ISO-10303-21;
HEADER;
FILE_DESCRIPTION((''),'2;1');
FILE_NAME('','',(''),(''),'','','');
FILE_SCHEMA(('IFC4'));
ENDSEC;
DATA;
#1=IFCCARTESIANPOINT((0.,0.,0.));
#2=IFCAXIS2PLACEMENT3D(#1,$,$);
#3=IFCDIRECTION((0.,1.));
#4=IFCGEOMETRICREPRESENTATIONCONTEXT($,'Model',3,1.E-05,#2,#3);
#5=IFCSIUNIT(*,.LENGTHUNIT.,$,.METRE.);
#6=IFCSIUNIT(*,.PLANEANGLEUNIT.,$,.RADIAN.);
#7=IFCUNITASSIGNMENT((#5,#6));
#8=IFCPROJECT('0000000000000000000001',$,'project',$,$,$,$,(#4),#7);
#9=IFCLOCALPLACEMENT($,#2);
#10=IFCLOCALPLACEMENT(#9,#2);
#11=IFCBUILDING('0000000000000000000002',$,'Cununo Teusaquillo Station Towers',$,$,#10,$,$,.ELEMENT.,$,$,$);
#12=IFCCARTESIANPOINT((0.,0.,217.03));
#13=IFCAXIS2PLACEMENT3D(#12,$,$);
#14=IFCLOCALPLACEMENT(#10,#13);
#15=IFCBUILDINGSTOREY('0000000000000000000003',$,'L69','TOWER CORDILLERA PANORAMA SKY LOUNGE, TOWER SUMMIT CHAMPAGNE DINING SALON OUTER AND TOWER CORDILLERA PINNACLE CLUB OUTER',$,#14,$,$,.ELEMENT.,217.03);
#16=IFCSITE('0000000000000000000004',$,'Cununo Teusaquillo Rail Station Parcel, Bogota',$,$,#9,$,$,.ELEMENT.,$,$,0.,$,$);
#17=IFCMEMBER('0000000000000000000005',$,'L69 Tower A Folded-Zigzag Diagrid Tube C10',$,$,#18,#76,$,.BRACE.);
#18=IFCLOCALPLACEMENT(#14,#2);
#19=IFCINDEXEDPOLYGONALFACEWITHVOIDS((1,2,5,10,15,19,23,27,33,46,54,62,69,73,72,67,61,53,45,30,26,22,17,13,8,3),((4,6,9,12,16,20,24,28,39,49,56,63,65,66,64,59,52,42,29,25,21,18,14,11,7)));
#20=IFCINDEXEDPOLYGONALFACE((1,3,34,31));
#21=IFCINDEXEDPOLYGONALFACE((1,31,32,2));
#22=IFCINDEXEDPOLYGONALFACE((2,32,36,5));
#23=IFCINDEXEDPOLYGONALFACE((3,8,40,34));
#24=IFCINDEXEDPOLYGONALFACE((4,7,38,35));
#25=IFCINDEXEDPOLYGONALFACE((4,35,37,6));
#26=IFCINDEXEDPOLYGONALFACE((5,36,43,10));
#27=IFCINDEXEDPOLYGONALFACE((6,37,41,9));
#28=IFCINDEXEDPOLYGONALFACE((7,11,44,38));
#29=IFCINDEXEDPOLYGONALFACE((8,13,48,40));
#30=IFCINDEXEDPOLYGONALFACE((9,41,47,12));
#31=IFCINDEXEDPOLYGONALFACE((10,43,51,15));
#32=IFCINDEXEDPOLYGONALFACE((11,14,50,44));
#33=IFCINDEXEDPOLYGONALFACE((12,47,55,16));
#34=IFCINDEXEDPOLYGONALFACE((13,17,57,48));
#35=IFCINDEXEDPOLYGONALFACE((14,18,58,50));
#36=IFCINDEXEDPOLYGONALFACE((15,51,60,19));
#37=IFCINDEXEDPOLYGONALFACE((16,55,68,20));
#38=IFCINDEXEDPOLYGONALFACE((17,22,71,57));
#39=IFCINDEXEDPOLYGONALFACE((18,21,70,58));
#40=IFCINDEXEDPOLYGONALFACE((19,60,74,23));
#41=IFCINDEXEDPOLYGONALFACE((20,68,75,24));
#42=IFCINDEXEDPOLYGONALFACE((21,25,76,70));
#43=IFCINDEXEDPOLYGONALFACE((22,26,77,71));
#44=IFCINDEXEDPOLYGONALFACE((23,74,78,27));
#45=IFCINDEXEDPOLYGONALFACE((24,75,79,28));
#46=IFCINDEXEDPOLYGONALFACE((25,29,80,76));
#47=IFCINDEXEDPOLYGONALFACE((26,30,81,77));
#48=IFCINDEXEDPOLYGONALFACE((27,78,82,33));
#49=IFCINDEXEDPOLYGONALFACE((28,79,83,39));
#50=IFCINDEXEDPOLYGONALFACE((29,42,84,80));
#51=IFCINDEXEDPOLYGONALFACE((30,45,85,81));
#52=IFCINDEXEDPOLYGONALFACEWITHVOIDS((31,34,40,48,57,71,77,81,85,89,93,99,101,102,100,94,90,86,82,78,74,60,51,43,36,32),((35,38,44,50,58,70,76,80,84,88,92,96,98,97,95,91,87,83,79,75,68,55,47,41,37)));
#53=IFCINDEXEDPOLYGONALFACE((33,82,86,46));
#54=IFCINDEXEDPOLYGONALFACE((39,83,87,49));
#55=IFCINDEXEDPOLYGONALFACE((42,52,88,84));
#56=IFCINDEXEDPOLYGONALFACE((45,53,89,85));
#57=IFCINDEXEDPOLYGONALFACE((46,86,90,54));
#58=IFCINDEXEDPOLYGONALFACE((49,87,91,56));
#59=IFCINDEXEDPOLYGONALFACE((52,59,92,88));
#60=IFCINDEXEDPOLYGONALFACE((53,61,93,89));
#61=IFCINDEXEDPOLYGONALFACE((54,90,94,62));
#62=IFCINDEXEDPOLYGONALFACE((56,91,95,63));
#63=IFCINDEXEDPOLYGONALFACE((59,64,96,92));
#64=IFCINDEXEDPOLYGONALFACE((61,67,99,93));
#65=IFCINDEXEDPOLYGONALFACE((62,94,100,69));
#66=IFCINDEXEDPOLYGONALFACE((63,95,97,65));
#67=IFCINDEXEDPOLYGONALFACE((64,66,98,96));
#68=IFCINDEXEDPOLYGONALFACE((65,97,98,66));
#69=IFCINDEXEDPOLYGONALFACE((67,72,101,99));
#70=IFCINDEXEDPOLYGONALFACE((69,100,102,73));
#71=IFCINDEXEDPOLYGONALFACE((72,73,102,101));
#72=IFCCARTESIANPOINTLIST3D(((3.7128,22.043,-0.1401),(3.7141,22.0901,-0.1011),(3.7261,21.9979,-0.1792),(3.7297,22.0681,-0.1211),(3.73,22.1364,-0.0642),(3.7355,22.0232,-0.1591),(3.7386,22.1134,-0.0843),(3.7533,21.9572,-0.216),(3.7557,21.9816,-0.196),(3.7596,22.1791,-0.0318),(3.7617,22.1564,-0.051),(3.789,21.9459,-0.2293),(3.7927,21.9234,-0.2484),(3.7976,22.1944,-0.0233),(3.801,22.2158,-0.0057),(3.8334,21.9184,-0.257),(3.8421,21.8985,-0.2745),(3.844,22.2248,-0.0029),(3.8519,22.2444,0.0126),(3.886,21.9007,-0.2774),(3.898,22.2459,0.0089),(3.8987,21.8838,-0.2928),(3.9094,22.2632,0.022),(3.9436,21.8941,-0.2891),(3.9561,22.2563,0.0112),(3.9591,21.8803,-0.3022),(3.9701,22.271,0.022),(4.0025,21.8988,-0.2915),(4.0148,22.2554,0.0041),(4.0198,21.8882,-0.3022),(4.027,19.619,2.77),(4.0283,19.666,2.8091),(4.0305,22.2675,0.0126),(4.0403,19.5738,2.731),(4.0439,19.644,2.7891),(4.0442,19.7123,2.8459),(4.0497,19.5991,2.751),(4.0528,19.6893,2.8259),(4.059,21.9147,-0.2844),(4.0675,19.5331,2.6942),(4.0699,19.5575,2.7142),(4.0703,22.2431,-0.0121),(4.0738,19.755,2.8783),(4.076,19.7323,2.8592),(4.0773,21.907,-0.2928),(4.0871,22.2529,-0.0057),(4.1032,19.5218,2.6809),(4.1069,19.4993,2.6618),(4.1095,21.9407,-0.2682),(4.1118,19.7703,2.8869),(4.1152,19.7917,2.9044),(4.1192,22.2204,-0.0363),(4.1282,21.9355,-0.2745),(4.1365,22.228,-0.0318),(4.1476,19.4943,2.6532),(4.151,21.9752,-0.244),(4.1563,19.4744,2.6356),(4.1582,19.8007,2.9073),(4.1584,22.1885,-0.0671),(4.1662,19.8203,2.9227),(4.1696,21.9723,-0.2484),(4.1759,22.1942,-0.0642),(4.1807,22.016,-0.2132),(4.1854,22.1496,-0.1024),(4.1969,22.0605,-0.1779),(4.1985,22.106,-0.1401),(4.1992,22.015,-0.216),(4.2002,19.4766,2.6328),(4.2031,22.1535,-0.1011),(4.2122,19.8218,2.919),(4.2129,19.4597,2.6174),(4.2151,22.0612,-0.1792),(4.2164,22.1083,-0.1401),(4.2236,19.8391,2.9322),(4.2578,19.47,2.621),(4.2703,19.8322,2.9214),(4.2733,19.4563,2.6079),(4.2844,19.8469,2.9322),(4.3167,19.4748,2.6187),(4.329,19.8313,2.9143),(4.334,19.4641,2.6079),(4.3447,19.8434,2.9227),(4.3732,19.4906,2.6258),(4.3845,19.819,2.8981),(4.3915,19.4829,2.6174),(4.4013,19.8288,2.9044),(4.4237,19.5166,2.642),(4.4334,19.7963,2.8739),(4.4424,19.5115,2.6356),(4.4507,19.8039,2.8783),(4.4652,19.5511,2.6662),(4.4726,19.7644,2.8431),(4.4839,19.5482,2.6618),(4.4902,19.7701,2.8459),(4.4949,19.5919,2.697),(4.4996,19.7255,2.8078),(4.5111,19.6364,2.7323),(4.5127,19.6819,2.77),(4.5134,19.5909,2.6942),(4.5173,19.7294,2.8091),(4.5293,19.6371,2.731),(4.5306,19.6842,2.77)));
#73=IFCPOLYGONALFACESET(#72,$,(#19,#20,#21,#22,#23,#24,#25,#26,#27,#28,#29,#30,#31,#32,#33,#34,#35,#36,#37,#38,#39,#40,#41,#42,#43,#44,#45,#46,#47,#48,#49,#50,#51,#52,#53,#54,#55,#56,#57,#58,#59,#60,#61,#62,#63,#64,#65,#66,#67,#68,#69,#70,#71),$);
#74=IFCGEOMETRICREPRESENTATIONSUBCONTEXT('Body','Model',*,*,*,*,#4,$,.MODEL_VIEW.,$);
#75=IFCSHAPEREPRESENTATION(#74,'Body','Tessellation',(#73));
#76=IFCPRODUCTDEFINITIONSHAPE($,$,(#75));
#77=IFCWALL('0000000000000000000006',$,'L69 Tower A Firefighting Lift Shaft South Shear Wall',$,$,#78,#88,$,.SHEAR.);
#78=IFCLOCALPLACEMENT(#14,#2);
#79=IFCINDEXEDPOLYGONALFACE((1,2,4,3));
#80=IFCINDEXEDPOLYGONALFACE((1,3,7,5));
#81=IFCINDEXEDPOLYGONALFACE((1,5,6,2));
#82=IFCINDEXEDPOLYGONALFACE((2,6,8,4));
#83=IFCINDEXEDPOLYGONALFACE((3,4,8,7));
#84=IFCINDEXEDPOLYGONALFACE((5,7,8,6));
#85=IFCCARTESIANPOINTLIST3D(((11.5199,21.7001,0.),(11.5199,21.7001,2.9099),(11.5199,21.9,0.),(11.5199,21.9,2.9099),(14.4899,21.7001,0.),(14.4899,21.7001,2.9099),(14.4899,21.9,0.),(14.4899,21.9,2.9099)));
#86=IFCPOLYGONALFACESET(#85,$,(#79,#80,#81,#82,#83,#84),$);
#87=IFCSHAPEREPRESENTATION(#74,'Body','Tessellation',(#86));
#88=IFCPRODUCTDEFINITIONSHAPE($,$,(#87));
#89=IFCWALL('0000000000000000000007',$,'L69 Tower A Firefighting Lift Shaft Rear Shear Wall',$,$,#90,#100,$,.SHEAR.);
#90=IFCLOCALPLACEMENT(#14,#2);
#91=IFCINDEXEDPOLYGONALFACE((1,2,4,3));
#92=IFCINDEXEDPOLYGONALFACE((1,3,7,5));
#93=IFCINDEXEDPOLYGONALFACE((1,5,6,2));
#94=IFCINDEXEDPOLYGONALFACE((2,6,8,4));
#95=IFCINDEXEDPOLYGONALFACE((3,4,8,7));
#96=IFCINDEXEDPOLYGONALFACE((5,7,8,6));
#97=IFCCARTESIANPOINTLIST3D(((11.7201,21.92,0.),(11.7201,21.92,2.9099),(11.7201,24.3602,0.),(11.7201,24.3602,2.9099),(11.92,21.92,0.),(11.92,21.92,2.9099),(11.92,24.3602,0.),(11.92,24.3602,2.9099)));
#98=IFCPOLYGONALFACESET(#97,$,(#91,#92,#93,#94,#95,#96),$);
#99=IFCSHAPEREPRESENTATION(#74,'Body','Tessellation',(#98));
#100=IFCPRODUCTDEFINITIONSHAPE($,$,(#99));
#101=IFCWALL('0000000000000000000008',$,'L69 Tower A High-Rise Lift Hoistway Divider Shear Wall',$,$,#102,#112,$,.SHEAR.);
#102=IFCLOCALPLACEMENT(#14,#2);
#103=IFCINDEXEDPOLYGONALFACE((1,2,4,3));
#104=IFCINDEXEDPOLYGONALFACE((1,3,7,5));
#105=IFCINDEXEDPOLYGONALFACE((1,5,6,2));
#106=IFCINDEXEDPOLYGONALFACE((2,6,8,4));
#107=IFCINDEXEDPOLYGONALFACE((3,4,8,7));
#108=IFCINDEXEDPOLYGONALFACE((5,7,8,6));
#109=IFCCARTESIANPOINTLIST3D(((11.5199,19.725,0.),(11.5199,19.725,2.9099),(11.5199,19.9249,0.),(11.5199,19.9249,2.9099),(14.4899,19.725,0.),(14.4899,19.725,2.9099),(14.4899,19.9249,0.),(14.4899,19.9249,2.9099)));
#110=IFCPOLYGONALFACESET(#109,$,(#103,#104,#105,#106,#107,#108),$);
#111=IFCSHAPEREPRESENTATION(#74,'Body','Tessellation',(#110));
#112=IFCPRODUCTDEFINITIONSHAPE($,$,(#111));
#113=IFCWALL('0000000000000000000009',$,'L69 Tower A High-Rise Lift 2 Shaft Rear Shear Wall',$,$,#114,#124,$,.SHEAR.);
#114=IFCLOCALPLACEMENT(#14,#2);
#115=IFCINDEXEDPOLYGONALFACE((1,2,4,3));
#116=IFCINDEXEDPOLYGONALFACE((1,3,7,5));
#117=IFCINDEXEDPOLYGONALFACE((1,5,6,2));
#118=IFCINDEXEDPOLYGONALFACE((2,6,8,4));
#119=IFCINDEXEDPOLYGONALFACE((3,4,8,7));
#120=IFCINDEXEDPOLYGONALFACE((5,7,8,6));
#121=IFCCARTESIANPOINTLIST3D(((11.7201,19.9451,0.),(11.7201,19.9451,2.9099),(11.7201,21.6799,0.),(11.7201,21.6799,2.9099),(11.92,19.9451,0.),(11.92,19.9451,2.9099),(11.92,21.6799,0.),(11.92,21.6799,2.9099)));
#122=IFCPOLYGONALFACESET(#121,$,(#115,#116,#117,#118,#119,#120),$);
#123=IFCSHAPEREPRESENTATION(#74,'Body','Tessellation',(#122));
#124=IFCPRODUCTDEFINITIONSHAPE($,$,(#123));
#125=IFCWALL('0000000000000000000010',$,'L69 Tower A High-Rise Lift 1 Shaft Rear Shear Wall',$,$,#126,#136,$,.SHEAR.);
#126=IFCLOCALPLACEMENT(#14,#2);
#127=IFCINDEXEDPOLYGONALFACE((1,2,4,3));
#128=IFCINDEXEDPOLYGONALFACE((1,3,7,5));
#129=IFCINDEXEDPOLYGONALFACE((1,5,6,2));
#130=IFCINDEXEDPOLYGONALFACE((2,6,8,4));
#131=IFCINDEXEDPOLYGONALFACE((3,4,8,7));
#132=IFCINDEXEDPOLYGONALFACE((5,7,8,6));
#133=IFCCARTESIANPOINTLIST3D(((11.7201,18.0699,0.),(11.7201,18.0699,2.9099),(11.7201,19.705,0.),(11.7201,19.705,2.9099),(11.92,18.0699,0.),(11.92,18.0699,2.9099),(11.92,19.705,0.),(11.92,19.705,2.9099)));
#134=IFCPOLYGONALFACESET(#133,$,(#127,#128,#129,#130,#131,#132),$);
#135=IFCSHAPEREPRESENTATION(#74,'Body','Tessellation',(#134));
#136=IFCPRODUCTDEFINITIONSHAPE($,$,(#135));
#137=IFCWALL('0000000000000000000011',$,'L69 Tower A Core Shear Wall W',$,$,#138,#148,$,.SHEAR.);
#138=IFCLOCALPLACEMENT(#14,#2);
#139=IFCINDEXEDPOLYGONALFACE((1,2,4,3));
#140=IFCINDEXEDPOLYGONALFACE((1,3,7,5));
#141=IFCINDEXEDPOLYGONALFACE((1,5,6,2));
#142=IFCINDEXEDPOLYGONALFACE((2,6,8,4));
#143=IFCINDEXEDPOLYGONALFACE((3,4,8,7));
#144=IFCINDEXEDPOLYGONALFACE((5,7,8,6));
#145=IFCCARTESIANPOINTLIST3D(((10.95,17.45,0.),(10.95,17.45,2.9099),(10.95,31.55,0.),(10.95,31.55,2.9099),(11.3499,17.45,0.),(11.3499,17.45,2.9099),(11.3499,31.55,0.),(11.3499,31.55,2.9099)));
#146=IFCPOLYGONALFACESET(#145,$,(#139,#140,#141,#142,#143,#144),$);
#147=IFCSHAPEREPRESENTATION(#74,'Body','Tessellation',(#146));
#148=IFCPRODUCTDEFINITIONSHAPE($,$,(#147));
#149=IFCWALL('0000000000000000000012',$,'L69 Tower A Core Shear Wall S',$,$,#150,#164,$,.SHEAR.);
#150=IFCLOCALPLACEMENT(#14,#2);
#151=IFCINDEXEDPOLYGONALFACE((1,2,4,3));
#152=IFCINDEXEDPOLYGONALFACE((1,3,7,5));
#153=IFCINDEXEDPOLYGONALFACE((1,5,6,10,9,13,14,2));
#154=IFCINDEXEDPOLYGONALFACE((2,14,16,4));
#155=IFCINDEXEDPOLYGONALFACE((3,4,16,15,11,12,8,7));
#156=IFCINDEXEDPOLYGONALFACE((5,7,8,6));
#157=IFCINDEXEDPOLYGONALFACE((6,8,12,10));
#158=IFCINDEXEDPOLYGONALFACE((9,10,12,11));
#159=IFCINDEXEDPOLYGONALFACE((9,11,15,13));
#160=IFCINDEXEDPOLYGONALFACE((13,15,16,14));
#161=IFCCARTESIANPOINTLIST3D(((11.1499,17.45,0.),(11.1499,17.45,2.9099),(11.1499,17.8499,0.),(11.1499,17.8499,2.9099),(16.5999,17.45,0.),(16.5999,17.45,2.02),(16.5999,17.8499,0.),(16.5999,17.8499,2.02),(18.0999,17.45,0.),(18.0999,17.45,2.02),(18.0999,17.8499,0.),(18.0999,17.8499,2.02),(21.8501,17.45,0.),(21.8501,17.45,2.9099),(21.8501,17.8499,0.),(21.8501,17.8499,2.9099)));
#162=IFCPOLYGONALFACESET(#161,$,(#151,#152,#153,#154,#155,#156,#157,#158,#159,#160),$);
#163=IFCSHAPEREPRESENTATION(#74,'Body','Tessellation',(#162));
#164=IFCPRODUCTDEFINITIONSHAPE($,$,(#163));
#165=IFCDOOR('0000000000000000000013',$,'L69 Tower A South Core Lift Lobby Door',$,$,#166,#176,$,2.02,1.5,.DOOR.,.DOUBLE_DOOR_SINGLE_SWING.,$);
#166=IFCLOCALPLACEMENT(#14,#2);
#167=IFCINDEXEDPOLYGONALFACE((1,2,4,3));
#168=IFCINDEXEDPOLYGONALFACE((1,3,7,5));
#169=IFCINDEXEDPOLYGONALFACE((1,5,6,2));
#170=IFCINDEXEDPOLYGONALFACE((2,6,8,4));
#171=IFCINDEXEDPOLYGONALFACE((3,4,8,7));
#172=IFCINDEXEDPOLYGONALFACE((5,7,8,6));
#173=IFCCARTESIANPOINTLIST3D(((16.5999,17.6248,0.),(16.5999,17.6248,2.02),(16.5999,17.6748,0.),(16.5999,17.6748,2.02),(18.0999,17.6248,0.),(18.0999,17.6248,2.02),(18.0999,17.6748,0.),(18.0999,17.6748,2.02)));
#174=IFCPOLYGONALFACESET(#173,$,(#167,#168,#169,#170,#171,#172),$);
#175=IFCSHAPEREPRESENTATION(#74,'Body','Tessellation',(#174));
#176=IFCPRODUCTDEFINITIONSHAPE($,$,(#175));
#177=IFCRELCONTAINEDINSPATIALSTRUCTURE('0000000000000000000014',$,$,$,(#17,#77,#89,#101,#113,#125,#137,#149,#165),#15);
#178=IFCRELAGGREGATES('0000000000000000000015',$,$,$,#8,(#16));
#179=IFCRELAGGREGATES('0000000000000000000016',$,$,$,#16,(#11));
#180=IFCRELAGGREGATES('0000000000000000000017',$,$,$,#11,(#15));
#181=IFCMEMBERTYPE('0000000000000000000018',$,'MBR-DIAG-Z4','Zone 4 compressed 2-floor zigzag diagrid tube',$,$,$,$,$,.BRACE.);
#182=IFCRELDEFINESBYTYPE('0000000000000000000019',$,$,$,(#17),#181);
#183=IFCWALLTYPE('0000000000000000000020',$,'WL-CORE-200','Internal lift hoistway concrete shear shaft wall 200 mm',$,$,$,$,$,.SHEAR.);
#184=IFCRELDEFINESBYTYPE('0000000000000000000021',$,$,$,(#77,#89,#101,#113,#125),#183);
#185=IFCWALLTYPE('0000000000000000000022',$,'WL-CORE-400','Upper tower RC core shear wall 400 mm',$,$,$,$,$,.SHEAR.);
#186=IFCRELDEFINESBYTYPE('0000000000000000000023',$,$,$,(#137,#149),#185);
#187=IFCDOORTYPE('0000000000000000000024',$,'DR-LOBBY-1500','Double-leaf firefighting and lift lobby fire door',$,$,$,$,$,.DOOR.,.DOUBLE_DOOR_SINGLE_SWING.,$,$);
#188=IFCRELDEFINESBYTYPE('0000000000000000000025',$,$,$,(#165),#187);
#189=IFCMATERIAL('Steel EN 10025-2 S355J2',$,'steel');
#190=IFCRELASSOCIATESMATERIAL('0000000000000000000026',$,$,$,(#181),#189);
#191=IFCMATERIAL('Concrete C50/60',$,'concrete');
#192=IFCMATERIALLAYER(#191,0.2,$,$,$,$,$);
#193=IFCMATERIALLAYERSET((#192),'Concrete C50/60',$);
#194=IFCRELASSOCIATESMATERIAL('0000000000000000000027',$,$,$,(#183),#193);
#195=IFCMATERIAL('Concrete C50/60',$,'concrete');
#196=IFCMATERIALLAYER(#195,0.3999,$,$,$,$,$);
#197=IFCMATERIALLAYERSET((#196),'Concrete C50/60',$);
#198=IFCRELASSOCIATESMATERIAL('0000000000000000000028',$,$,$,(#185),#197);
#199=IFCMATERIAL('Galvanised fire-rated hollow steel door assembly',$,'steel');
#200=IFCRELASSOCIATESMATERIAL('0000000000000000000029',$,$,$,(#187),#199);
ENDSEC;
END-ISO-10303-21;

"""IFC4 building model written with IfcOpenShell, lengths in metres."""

from ifc_helpers import new_model, si_unit, direction, frame, frame_2d, origin, origin_2d, place, context, subcontext, project, spatial, rectangle, hollow_circle, extrude, source, transform, mapped, material, layer, layer_set, material_profile, profile_set, type_object, element, fill, save


model = new_model("IFC4")

# Units and contexts
model_context = context("Model", 3, precision=1e-05, world=origin(), true_north=direction((0.0, 1.0)))
body_context = subcontext(model_context, "Body", "Model", "MODEL_VIEW")
ifc_project = project(units=[si_unit("LENGTHUNIT", "METRE"), si_unit("PLANEANGLEUNIT", "RADIAN")], contexts=[model_context])

# Site, building, storey
site_placement = place(None, origin())
site = spatial("IfcSite", under=ifc_project, at=site_placement, Name="Cununo Teusaquillo Rail Station Parcel, Bogota", CompositionType="ELEMENT", RefElevation=0.0)
building_placement = place(site_placement, origin())
building = spatial("IfcBuilding", under=site, at=building_placement, Name="Cununo Teusaquillo Station Towers", CompositionType="ELEMENT")
storey_placement = place(building_placement, frame((0.0, 0.0, 217.03)))
storey = spatial("IfcBuildingStorey", under=building, at=storey_placement, Name="L69", Description="TOWER CORDILLERA PANORAMA SKY LOUNGE, TOWER SUMMIT CHAMPAGNE DINING SALON OUTER AND TOWER CORDILLERA PINNACLE CLUB OUTER", CompositionType="ELEMENT", Elevation=217.03)

# Member
ifc_material_1 = material(Name="Steel EN 10025-2 S355J2", Category="steel")
ifc_material_profile_1 = material_profile(ifc_material_1, hollow_circle(Radius=0.2539, WallThickness=0.0181, at=origin_2d()), Name="CHS 508x18")
ifc_profile_set_1 = profile_set([ifc_material_profile_1], Name="Steel EN 10025-2 S355J2")
member_type = type_object("IfcMemberType", Name="MBR-DIAG-Z4", Description="Zone 4 compressed 2-floor zigzag diagrid tube", PredefinedType="BRACE", material=ifc_profile_set_1)
member_placement = place(storey_placement, frame((3.9646, 22.0757, -0.1401), z_axis=(0.082676, -0.637828, 0.765728), x_axis=(0.991704, 0.128545, 0.0)))
element("IfcMember", 1, at=member_placement, inside=storey, type_object=member_type, Name="L69 Tower A Folded-Zigzag Diagrid Tube C10", PredefinedType="BRACE", context=body_context, shape_type="SweptSolid", body=[
    extrude(hollow_circle(Radius=0.2539, WallThickness=0.0181, at=origin_2d()), origin(), (0.0, 0.0, 1.0), 3.8005),
])

# Walls
ifc_material_2 = material(Name="Concrete C50/60", Category="concrete")
ifc_layer_1 = layer(ifc_material_2, 0.2)
ifc_layer_set_1 = layer_set([ifc_layer_1], Name="Concrete C50/60")
wall_type_1 = type_object("IfcWallType", Name="WL-CORE-200", Description="Internal lift hoistway concrete shear shaft wall 200 mm", PredefinedType="SHEAR", material=ifc_layer_set_1)
wall_1_placement = place(storey_placement, frame((11.52, 21.8, 0.0), z_axis=(0.0, 0.0, 1.0), x_axis=(1.0, 0.0, 0.0)))
element("IfcWall", 2, at=wall_1_placement, inside=storey, type_object=wall_type_1, Name="L69 Tower A Firefighting Lift Shaft South Shear Wall", PredefinedType="SHEAR", context=body_context, shape_type="SweptSolid", body=[
    extrude(rectangle(XDim=2.97, YDim=0.2, at=frame_2d((1.4849, 0.0))), origin(), (0.0, 0.0, 1.0), 2.9099),
])
wall_2_placement = place(storey_placement, frame((11.8201, 21.9199, 0.0), z_axis=(0.0, 0.0, 1.0), x_axis=(0.0, 1.0, 0.0)))
element("IfcWall", 3, at=wall_2_placement, inside=storey, type_object=wall_type_1, Name="L69 Tower A Firefighting Lift Shaft Rear Shear Wall", PredefinedType="SHEAR", context=body_context, shape_type="SweptSolid", body=[
    extrude(rectangle(XDim=2.4402, YDim=0.2, at=frame_2d((1.2202, 0.0))), origin(), (0.0, 0.0, 1.0), 2.9099),
])
wall_3_placement = place(storey_placement, frame((11.52, 19.825, 0.0), z_axis=(0.0, 0.0, 1.0), x_axis=(1.0, 0.0, 0.0)))
element("IfcWall", 4, at=wall_3_placement, inside=storey, type_object=wall_type_1, Name="L69 Tower A High-Rise Lift Hoistway Divider Shear Wall", PredefinedType="SHEAR", context=body_context, shape_type="SweptSolid", body=[
    extrude(rectangle(XDim=2.97, YDim=0.2, at=frame_2d((1.4849, 0.0))), origin(), (0.0, 0.0, 1.0), 2.9099),
])
wall_4_placement = place(storey_placement, frame((11.8201, 19.9451, 0.0), z_axis=(0.0, 0.0, 1.0), x_axis=(0.0, 1.0, 0.0)))
element("IfcWall", 5, at=wall_4_placement, inside=storey, type_object=wall_type_1, Name="L69 Tower A High-Rise Lift 2 Shaft Rear Shear Wall", PredefinedType="SHEAR", context=body_context, shape_type="SweptSolid", body=[
    extrude(rectangle(XDim=1.7349, YDim=0.2, at=frame_2d((0.8674, 0.0))), origin(), (0.0, 0.0, 1.0), 2.9099),
])
wall_5_placement = place(storey_placement, frame((11.8201, 18.0701, 0.0), z_axis=(0.0, 0.0, 1.0), x_axis=(0.0, 1.0, 0.0)))
element("IfcWall", 6, at=wall_5_placement, inside=storey, type_object=wall_type_1, Name="L69 Tower A High-Rise Lift 1 Shaft Rear Shear Wall", PredefinedType="SHEAR", context=body_context, shape_type="SweptSolid", body=[
    extrude(rectangle(XDim=1.635, YDim=0.2, at=frame_2d((0.8174, 0.0))), origin(), (0.0, 0.0, 1.0), 2.9099),
])
ifc_material_3 = material(Name="Concrete C50/60", Category="concrete")
ifc_layer_2 = layer(ifc_material_3, 0.3999)
ifc_layer_set_2 = layer_set([ifc_layer_2], Name="Concrete C50/60")
wall_type_2 = type_object("IfcWallType", Name="WL-CORE-400", Description="Upper tower RC core shear wall 400 mm", PredefinedType="SHEAR", material=ifc_layer_set_2)
wall_6_placement = place(storey_placement, frame((11.1499, 17.45, 0.0), z_axis=(0.0, 0.0, 1.0), x_axis=(0.0, 1.0, 0.0)))
element("IfcWall", 7, at=wall_6_placement, inside=storey, type_object=wall_type_2, Name="L69 Tower A Core Shear Wall W", PredefinedType="SHEAR", context=body_context, shape_type="SweptSolid", body=[
    extrude(rectangle(XDim=14.1001, YDim=0.3999, at=frame_2d((7.05, 0.0))), origin(), (0.0, 0.0, 1.0), 2.9099),
])

# Wall, opening, door
wall_7_placement = place(storey_placement, frame((11.1499, 17.6499, 0.0), z_axis=(0.0, 0.0, 1.0), x_axis=(1.0, 0.0, 0.0)))
wall_7 = element("IfcWall", 8, at=wall_7_placement, inside=storey, type_object=wall_type_2, Name="L69 Tower A Core Shear Wall S", PredefinedType="SHEAR", context=body_context, shape_type="SweptSolid", body=[
    extrude(rectangle(XDim=10.7002, YDim=0.3999, at=frame_2d((5.3501, 0.0))), origin(), (0.0, 0.0, 1.0), 2.9099),
])
shared_shape_1 = source(origin(), body_context, "Body", "SweptSolid", [
    extrude(rectangle(XDim=1.5, YDim=2.02, at=frame_2d((0.75, 1.01))), frame((0.0, 0.21, 0.0), z_axis=(0.0, -1.0, 0.0), x_axis=(1.0, 0.0, 0.0)), (0.0, 0.0, 1.0), 0.4199),
])
opening_1_placement = place(wall_7_placement, frame((5.45, 0.0, 0.0)))
opening_1 = element("IfcOpeningElement", 9, at=opening_1_placement, cuts=wall_7, PredefinedType="OPENING", context=body_context, shape_type="MappedRepresentation", body=[
    mapped(shared_shape_1, transform((0.0, 0.0, 0.0), x_axis=(1.0, 0.0, 0.0), y_axis=(0.0, 1.0, 0.0), z_axis=(0.0, 0.0, 1.0), scale=1.0)),
])
ifc_material_4 = material(Name="Galvanised fire-rated hollow steel door assembly", Category="steel")
door_type = type_object("IfcDoorType", Name="DR-LOBBY-1500", Description="Double-leaf firefighting and lift lobby fire door", OperationType="DOUBLE_DOOR_SINGLE_SWING", PredefinedType="DOOR", material=ifc_material_4)
shared_shape_2 = source(origin(), body_context, "Body", "SweptSolid", [
    extrude(rectangle(XDim=1.5, YDim=2.02, at=frame_2d((0.75, 1.01))), frame((0.0, 0.0249, 0.0), z_axis=(0.0, -1.0, 0.0), x_axis=(1.0, 0.0, 0.0)), (0.0, 0.0, 1.0), 0.05),
])
door_placement = place(opening_1_placement, origin())
door = element("IfcDoor", 10, at=door_placement, inside=storey, type_object=door_type, Name="L69 Tower A South Core Lift Lobby Door", OperationType="DOUBLE_DOOR_SINGLE_SWING", OverallHeight=2.02, OverallWidth=1.5, PredefinedType="DOOR", context=body_context, shape_type="MappedRepresentation", body=[
    mapped(shared_shape_2, transform((0.0, 0.0, 0.0), x_axis=(1.0, 0.0, 0.0), y_axis=(0.0, 1.0, 0.0), z_axis=(0.0, 0.0, 1.0), scale=1.0)),
])
fill(opening_1, door)

save(model, "model.ifc")
